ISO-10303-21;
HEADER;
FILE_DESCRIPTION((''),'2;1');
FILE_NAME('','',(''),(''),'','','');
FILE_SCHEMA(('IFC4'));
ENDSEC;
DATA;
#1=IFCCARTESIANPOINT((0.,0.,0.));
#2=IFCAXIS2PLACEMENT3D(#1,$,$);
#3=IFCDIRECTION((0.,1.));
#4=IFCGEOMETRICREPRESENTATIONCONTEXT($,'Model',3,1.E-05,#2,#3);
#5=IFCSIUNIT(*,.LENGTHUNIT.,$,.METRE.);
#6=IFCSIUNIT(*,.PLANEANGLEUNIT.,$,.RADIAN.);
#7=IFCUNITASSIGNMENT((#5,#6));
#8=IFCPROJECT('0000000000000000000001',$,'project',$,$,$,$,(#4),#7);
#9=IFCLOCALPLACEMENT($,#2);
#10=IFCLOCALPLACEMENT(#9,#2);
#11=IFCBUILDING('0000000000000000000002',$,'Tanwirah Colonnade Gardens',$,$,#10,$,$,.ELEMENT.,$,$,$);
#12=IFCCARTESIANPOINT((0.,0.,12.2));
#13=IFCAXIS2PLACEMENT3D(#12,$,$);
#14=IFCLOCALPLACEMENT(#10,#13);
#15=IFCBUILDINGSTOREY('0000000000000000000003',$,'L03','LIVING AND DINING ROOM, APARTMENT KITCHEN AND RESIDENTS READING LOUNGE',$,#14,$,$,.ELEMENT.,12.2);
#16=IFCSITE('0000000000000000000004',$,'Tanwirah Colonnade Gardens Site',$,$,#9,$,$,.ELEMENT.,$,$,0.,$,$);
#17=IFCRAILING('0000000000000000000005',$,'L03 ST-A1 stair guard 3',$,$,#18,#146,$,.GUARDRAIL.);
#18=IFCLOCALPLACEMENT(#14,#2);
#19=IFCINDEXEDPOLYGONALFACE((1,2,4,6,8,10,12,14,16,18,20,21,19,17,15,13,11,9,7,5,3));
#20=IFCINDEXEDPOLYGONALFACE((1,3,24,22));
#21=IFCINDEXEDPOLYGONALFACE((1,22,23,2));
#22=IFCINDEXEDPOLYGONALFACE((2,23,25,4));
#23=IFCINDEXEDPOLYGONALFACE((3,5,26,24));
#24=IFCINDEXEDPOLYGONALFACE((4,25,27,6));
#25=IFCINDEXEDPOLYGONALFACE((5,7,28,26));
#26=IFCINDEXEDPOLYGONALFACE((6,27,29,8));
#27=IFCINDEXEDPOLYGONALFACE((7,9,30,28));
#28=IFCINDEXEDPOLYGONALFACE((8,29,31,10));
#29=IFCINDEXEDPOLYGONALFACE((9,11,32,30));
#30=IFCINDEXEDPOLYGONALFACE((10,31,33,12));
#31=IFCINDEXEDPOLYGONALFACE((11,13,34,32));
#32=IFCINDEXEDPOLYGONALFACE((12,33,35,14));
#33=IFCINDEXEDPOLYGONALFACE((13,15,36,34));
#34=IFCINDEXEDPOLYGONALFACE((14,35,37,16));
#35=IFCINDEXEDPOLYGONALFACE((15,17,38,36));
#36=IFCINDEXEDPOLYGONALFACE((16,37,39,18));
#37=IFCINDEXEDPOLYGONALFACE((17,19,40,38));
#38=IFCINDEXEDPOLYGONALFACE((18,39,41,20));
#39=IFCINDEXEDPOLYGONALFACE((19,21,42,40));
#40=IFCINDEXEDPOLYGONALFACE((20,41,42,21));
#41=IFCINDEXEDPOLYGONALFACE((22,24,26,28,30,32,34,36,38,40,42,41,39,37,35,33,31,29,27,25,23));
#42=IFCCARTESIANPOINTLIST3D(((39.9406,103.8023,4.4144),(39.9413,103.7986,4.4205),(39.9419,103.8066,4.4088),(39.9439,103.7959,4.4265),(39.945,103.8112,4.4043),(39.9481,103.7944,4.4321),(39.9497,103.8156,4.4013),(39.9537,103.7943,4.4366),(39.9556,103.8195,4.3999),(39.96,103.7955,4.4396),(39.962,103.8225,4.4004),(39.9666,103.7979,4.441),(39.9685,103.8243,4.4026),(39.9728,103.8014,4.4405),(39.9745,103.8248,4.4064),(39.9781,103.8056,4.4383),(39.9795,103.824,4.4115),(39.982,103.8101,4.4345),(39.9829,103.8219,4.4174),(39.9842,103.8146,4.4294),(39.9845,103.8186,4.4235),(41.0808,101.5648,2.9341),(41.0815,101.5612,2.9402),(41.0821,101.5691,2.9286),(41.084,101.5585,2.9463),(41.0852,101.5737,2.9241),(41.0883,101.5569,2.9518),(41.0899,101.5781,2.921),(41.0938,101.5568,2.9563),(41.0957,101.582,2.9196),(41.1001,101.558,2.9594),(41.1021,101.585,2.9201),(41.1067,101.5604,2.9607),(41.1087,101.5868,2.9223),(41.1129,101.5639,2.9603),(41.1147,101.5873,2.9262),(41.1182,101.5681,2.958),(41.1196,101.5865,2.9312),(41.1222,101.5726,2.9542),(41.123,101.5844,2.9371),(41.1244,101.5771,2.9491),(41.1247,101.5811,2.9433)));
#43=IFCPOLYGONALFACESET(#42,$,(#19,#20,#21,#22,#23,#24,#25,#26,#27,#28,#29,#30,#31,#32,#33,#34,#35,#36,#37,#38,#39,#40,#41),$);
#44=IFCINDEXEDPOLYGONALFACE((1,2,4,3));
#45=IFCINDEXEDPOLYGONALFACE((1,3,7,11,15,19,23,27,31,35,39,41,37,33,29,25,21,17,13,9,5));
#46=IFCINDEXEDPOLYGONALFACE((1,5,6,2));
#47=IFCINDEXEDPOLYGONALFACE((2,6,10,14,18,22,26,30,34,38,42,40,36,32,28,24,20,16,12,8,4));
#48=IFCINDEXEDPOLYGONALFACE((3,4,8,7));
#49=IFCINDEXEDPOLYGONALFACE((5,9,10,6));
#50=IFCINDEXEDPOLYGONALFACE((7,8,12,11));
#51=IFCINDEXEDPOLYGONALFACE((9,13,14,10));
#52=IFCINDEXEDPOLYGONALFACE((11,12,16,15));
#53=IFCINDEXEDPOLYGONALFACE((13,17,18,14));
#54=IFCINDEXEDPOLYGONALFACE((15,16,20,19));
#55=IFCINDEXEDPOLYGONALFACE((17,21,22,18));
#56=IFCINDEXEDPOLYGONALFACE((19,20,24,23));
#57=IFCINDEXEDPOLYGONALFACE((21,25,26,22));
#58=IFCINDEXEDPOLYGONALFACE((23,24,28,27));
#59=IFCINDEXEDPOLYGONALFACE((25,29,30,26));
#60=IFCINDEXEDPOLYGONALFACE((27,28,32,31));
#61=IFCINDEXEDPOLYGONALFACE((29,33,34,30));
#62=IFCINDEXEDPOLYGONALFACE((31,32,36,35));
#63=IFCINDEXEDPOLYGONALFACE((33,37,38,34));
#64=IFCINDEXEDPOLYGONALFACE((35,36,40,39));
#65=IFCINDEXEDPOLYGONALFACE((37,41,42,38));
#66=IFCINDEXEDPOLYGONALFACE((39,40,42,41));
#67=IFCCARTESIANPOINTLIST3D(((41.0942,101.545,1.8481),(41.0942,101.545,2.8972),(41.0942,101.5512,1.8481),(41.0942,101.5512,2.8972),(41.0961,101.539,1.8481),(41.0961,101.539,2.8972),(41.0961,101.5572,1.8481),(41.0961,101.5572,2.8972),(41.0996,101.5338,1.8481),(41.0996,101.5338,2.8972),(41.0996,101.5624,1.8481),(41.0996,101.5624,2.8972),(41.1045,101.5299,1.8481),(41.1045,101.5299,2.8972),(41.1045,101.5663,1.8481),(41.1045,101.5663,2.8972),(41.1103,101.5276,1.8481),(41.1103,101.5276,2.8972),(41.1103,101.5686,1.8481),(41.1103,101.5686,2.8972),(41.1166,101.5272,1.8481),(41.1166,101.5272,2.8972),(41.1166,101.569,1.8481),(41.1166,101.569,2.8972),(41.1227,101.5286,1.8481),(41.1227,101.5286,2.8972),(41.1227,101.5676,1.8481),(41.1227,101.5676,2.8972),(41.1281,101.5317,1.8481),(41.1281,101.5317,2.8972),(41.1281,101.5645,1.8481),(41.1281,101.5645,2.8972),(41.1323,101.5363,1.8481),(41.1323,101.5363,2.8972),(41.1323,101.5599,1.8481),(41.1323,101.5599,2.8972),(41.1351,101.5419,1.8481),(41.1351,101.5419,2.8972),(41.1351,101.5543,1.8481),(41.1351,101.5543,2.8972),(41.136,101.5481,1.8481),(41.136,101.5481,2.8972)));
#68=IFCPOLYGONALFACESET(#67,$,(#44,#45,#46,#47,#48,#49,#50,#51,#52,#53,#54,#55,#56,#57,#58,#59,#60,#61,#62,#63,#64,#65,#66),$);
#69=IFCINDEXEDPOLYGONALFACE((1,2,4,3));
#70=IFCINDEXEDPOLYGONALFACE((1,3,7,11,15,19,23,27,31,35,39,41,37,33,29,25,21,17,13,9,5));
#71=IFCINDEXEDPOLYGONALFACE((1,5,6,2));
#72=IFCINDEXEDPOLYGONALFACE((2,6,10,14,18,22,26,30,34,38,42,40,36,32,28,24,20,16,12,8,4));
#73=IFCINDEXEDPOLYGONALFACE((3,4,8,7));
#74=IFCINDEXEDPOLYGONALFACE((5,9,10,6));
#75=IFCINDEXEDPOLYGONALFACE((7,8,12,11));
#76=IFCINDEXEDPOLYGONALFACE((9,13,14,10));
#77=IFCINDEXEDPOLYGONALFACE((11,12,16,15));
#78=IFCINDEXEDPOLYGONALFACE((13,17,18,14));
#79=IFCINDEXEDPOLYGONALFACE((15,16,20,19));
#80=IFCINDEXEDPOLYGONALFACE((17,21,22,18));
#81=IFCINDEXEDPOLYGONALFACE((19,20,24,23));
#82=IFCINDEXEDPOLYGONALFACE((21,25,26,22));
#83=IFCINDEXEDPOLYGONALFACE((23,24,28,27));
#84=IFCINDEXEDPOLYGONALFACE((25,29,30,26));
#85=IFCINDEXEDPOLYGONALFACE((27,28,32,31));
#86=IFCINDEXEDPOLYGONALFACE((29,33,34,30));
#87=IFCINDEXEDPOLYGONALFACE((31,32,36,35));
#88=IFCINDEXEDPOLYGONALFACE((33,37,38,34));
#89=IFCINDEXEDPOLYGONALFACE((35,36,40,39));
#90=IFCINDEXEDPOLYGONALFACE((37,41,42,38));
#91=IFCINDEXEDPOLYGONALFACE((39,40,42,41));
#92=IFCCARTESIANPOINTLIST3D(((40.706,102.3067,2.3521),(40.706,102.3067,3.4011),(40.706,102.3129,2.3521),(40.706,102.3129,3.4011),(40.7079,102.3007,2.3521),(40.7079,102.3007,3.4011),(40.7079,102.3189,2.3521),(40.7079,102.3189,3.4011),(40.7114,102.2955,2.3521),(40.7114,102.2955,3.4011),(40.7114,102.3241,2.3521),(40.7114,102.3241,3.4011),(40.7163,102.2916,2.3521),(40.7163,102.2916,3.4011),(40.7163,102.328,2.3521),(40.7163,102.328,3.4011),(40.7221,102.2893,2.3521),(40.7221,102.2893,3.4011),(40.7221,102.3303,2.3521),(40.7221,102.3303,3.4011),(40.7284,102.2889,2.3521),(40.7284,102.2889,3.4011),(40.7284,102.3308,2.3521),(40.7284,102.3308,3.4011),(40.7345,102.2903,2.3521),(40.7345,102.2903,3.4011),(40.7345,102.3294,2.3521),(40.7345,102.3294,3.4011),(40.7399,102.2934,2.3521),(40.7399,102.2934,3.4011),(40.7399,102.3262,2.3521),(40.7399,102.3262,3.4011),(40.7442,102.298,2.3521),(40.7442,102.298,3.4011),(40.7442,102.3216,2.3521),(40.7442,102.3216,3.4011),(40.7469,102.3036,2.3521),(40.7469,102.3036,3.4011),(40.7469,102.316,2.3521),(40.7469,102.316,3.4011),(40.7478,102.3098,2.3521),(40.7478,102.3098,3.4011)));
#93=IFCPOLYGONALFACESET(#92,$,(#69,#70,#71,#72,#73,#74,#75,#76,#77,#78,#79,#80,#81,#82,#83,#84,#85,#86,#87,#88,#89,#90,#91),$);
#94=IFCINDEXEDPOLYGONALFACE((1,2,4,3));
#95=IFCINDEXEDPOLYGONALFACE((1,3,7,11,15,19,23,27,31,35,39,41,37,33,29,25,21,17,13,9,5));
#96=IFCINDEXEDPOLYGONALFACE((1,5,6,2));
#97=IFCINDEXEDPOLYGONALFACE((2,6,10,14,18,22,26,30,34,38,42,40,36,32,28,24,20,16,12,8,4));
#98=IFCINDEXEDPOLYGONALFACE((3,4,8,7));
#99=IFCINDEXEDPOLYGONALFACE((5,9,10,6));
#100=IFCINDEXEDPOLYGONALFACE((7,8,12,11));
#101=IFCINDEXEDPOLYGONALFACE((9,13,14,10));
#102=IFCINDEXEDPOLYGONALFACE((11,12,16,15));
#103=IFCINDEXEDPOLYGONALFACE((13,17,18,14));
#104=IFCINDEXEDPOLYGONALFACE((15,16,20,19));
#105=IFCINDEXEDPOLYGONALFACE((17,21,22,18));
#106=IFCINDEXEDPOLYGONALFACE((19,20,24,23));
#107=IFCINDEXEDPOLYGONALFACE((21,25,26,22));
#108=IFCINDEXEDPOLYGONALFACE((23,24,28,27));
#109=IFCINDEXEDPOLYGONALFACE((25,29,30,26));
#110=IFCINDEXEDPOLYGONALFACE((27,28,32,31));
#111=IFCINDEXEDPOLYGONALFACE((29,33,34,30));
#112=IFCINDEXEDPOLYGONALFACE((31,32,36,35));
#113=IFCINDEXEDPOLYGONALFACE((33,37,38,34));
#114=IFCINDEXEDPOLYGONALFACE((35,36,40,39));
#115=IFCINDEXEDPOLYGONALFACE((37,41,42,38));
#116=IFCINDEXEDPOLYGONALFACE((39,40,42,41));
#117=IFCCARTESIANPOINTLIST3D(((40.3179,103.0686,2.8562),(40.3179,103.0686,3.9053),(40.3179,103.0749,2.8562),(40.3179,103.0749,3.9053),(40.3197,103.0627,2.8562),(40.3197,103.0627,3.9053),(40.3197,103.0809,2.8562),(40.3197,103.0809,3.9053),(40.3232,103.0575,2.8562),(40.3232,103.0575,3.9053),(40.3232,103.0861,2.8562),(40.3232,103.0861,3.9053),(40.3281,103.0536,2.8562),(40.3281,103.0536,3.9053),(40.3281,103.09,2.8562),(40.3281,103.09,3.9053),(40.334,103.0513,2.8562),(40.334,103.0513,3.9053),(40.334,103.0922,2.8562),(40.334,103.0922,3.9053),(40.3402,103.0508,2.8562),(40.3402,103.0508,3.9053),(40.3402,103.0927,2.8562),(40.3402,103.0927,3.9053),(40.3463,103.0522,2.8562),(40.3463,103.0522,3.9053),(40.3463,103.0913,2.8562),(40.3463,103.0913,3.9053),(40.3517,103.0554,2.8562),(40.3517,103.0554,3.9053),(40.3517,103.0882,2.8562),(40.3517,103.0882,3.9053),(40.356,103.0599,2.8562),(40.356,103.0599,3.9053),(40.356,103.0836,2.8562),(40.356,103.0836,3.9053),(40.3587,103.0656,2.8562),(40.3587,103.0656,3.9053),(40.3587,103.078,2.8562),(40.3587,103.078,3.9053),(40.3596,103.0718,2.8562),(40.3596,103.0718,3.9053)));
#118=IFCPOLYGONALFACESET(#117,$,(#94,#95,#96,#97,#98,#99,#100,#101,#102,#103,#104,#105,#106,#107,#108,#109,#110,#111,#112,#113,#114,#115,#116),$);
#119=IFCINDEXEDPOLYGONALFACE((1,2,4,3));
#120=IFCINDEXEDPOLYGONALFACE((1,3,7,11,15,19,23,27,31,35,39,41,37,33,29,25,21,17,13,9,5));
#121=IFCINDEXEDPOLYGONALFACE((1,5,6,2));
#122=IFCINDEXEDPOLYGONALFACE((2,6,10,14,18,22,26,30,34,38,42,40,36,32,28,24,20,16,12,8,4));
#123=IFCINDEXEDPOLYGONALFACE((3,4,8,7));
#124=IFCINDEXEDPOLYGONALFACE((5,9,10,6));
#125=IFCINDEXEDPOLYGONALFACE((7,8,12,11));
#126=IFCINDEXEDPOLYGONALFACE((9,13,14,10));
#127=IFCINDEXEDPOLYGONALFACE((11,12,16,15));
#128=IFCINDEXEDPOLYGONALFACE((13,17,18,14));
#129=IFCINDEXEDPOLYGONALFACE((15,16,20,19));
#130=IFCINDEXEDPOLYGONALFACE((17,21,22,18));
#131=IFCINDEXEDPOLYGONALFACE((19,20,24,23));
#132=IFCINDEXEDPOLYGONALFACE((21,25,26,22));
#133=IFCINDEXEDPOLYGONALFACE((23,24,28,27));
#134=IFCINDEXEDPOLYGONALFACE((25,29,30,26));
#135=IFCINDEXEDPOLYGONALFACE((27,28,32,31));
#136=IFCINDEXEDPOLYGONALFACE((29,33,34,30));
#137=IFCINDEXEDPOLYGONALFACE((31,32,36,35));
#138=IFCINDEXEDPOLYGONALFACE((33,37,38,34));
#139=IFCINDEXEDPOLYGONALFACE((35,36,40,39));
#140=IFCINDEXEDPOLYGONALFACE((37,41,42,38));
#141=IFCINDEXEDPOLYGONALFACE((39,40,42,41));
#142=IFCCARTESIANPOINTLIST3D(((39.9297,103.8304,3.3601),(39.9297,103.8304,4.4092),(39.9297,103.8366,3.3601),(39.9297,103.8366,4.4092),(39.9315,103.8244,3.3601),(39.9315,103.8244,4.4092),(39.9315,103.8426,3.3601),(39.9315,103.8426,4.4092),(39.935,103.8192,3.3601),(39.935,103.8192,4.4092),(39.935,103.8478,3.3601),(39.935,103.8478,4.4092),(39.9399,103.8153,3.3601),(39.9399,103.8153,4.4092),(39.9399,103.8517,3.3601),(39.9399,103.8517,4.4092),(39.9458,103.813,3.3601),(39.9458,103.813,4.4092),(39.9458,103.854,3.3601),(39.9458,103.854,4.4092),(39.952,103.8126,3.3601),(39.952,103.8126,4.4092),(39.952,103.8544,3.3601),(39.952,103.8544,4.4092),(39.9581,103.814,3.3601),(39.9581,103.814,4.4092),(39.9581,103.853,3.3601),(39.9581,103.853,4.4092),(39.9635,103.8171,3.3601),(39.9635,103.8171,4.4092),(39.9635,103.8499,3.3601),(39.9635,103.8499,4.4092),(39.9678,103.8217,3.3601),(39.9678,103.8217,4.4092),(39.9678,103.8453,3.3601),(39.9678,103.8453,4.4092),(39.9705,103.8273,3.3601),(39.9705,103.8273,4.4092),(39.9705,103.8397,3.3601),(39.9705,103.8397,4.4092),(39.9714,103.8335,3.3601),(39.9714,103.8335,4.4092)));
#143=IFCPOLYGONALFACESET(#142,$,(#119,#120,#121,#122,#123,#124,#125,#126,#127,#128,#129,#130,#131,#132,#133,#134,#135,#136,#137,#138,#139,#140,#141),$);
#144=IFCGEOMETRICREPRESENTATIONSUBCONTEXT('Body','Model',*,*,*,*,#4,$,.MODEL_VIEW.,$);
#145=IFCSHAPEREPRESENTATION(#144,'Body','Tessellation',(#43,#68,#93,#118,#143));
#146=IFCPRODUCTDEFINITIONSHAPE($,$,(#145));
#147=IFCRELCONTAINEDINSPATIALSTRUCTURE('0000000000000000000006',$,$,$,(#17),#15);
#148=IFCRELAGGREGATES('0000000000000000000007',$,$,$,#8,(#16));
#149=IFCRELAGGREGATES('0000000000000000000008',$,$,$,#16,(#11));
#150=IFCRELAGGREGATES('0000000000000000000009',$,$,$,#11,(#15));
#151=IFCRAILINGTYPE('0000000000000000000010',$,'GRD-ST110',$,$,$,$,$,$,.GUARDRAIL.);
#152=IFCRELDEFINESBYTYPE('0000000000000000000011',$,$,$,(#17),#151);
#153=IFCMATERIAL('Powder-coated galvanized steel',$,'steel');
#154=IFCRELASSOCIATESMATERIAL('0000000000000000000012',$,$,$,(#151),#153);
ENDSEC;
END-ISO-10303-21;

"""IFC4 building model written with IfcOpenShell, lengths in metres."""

from ifc_helpers import new_model, si_unit, direction, frame, origin, origin_2d, place, context, subcontext, project, spatial, circle, extrude, material, type_object, element, save


model = new_model("IFC4")

# Units and contexts
model_context = context("Model", 3, precision=1e-05, world=origin(), true_north=direction((0.0, 1.0)))
body_context = subcontext(model_context, "Body", "Model", "MODEL_VIEW")
ifc_project = project(units=[si_unit("LENGTHUNIT", "METRE"), si_unit("PLANEANGLEUNIT", "RADIAN")], contexts=[model_context])

# Site, building, storey
site_placement = place(None, origin())
site = spatial("IfcSite", under=ifc_project, at=site_placement, Name="Tanwirah Colonnade Gardens Site", CompositionType="ELEMENT", RefElevation=0.0)
building_placement = place(site_placement, origin())
building = spatial("IfcBuilding", under=site, at=building_placement, Name="Tanwirah Colonnade Gardens", CompositionType="ELEMENT")
storey_placement = place(building_placement, frame((0.0, 0.0, 12.2)))
storey = spatial("IfcBuildingStorey", under=building, at=storey_placement, Name="L03", Description="LIVING AND DINING ROOM, APARTMENT KITCHEN AND RESIDENTS READING LOUNGE", CompositionType="ELEMENT", Elevation=12.2)

# Railing
ifc_material_1 = material(Name="Powder-coated galvanized steel", Category="steel")
railing_type_1 = type_object("IfcRailingType", Name="GRD-ST110", PredefinedType="GUARDRAIL", material=ifc_material_1)
railing_1_placement = place(storey_placement, frame((41.115, 101.5481, 1.8481)))
element("IfcRailing", 1, at=railing_1_placement, inside=storey, type_object=railing_type_1, Name="L03 ST-A1 stair guard 3", PredefinedType="GUARDRAIL", context=body_context, shape_type="SweptSolid", body=[
    extrude(circle(Radius=0.0239, at=origin_2d()), frame((-0.0122, 0.0239, 1.092), z_axis=(-0.391122, 0.767567, 0.507803), x_axis=(-0.890994, -0.454016, 0.0)), (0.0, 0.0, 1.0), 2.915),
    extrude(circle(Radius=0.021, at=origin_2d()), origin(), (0.0, 0.0, 1.0), 1.0491),
    extrude(circle(Radius=0.021, at=origin_2d()), frame((-0.3882, 0.7617, 0.5039)), (0.0, 0.0, 1.0), 1.0491),
    extrude(circle(Radius=0.021, at=origin_2d()), frame((-0.7764, 1.5237, 1.0081)), (0.0, 0.0, 1.0), 1.0491),
    extrude(circle(Radius=0.021, at=origin_2d()), frame((-1.1646, 2.2854, 1.512)), (0.0, 0.0, 1.0), 1.0491),
])

save(model, "model.ifc")
